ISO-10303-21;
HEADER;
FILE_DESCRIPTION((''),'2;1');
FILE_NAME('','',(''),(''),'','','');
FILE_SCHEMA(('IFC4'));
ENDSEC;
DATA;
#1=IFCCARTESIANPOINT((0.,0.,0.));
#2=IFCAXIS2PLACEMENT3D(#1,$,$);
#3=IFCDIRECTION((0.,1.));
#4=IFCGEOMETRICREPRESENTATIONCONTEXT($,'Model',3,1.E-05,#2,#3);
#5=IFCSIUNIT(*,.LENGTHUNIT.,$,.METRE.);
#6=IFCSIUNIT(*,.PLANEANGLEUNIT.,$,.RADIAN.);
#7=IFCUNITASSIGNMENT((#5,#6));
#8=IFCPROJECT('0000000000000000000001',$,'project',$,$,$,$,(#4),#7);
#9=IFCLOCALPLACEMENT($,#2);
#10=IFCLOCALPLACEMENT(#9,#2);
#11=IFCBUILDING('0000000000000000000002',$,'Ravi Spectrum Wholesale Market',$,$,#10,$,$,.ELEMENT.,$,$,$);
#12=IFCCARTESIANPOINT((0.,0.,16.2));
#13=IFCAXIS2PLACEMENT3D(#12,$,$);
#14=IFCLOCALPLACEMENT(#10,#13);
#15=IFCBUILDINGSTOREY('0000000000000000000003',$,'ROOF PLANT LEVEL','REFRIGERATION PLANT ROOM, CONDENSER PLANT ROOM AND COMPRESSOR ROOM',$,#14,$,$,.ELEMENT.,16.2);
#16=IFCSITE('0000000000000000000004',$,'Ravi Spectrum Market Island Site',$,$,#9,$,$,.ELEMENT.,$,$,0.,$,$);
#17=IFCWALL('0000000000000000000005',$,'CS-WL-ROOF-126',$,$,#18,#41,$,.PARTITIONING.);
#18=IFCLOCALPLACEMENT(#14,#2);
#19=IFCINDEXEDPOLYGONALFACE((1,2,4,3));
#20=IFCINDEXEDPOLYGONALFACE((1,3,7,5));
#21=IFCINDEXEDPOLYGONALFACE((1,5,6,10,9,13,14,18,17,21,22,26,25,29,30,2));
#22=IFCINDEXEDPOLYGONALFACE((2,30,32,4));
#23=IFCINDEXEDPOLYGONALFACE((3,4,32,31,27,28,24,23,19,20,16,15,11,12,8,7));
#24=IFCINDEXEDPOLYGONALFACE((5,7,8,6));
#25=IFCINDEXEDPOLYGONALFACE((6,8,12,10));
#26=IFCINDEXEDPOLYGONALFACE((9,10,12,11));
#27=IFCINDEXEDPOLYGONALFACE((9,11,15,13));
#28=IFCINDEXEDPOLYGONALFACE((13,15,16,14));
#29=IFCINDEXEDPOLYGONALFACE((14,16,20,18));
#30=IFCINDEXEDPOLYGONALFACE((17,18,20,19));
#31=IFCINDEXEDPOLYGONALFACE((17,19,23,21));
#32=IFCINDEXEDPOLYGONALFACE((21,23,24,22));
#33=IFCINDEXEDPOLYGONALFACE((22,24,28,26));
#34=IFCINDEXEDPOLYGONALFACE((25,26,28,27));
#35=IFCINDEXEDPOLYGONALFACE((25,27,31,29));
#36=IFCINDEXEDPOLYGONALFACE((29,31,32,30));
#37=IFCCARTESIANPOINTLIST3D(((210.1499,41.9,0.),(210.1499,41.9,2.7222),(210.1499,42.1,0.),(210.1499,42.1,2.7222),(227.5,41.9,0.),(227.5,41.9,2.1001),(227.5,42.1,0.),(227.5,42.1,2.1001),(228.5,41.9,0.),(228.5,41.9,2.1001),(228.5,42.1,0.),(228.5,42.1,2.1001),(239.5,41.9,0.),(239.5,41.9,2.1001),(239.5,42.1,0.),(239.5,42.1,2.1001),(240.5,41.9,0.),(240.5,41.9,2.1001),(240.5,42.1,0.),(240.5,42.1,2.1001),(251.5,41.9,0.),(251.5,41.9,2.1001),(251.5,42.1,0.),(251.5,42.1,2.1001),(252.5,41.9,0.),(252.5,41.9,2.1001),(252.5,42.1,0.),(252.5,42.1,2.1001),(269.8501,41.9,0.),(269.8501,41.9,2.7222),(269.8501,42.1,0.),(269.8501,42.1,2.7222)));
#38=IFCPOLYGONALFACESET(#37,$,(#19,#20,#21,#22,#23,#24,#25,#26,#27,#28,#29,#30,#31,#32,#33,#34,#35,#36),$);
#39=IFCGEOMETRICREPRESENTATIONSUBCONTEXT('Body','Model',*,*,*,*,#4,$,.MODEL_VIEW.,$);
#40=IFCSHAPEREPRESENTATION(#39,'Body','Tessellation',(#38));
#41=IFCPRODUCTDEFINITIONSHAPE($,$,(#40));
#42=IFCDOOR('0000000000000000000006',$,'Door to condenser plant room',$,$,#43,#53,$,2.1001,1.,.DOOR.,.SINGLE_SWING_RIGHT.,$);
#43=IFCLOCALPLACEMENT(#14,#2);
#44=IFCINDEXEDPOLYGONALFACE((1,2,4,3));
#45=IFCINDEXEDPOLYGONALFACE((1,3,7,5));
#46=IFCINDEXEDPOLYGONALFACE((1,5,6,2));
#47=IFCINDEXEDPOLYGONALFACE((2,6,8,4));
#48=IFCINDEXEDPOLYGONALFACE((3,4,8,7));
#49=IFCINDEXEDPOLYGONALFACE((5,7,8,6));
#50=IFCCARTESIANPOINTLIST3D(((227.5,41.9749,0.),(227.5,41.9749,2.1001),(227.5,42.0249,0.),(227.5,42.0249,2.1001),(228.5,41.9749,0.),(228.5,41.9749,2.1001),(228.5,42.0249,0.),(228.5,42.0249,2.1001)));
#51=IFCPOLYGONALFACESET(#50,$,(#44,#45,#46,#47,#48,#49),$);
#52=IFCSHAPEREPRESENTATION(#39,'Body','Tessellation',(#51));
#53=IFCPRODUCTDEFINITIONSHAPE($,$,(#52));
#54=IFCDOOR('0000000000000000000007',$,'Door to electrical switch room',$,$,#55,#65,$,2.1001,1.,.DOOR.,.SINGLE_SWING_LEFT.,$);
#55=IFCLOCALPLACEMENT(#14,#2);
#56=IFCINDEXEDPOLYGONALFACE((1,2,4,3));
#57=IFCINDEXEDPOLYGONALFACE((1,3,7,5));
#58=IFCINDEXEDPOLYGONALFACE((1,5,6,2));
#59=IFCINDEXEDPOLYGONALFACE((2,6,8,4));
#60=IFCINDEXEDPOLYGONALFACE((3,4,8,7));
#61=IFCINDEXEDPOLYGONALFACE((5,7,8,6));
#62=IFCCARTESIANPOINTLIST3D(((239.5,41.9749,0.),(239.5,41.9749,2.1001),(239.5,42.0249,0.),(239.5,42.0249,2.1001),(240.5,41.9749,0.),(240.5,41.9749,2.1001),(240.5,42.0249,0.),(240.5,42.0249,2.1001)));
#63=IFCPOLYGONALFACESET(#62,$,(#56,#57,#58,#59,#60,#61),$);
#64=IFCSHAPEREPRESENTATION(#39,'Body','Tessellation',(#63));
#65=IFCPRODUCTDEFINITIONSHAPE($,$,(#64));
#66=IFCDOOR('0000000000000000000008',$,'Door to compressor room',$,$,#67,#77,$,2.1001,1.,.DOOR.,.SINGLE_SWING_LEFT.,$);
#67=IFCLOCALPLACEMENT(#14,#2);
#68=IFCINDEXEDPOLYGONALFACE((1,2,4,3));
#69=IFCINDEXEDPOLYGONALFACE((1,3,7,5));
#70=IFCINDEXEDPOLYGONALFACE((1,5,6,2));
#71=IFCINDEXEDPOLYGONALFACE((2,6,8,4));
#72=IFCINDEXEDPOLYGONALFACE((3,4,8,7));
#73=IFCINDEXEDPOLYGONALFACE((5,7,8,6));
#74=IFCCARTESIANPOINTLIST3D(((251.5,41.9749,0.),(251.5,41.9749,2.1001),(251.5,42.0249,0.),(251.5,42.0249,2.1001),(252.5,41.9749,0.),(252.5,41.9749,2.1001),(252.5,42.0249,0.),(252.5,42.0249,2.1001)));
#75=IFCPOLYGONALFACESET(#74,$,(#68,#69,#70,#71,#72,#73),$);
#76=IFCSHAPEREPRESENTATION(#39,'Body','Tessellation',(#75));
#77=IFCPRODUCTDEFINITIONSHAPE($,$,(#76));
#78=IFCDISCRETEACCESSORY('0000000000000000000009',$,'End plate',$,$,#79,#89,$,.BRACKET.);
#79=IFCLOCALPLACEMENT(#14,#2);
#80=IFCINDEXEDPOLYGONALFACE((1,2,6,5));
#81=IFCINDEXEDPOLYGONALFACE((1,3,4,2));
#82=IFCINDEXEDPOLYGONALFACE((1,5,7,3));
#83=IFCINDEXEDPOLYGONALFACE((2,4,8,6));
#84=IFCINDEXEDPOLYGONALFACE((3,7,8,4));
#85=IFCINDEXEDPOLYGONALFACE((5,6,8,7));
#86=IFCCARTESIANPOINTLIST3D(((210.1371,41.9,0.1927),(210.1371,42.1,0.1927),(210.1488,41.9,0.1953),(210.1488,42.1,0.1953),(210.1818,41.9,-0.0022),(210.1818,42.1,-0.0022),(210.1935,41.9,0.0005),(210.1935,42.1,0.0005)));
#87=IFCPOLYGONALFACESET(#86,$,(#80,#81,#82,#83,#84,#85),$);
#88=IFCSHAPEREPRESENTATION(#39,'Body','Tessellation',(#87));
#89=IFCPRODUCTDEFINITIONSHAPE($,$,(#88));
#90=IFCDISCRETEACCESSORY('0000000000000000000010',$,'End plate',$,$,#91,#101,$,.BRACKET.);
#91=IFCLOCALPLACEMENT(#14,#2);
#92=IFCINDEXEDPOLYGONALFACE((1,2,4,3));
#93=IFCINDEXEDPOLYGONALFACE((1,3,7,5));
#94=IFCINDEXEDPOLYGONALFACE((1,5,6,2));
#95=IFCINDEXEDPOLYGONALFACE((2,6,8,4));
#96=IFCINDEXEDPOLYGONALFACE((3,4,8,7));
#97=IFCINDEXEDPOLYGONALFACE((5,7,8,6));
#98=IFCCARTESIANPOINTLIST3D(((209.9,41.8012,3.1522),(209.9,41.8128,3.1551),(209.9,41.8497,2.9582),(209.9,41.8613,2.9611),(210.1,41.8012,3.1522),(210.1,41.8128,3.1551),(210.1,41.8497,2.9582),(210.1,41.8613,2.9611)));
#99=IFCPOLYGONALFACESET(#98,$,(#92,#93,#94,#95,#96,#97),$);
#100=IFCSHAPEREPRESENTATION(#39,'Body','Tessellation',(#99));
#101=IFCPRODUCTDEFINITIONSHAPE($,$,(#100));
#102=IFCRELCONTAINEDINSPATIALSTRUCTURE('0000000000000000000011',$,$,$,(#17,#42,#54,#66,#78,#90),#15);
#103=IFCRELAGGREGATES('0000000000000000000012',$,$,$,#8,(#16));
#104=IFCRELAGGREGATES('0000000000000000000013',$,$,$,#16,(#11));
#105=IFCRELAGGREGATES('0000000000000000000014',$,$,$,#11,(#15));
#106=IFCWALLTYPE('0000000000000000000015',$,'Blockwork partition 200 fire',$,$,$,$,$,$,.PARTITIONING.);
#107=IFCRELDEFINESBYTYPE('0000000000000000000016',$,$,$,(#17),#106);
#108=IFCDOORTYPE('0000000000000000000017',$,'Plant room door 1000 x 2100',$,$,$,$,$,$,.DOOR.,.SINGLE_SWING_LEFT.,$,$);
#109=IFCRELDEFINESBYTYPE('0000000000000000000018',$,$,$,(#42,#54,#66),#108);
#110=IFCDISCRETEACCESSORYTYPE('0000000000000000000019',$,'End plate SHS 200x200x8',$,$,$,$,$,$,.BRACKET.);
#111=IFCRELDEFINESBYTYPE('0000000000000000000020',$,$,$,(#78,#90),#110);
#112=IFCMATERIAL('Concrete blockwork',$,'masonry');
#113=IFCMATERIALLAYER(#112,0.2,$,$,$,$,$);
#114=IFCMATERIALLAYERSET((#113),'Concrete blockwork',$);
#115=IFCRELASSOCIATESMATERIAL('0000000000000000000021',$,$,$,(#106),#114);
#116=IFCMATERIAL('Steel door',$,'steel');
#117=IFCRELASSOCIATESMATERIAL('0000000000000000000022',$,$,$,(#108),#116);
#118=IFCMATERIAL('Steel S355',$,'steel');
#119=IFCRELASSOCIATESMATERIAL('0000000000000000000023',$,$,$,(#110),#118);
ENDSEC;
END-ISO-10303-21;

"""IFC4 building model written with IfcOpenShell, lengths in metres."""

from ifc_helpers import new_model, si_unit, direction, frame, frame_2d, origin, origin_2d, place, context, subcontext, project, spatial, rectangle, extrude, material, layer, layer_set, material_profile, profile_set, type_object, element, fill, save


model = new_model("IFC4")

# Units and contexts
model_context = context("Model", 3, precision=1e-05, world=origin(), true_north=direction((0.0, 1.0)))
body_context = subcontext(model_context, "Body", "Model", "MODEL_VIEW")
ifc_project = project(units=[si_unit("LENGTHUNIT", "METRE"), si_unit("PLANEANGLEUNIT", "RADIAN")], contexts=[model_context])

# Site, building, storey
site_placement = place(None, origin())
site = spatial("IfcSite", under=ifc_project, at=site_placement, Name="Ravi Spectrum Market Island Site", CompositionType="ELEMENT", RefElevation=0.0)
building_placement = place(site_placement, origin())
building = spatial("IfcBuilding", under=site, at=building_placement, Name="Ravi Spectrum Wholesale Market", CompositionType="ELEMENT")
storey_placement = place(building_placement, frame((0.0, 0.0, 16.2)))
storey = spatial("IfcBuildingStorey", under=building, at=storey_placement, Name="ROOF PLANT LEVEL", Description="REFRIGERATION PLANT ROOM, CONDENSER PLANT ROOM AND COMPRESSOR ROOM", CompositionType="ELEMENT", Elevation=16.2)

# Wall, openings, doors
ifc_material_1 = material(Name="Concrete blockwork", Category="masonry")
ifc_layer_1 = layer(ifc_material_1, 0.2)
ifc_layer_set_1 = layer_set([ifc_layer_1], Name="Concrete blockwork")
wall_type = type_object("IfcWallType", Name="Blockwork partition 200 fire", PredefinedType="PARTITIONING", material=ifc_layer_set_1)
wall_placement = place(storey_placement, frame((210.1499, 42.0, 0.0), z_axis=(0.0, 0.0, 1.0), x_axis=(1.0, 0.0, 0.0)))
wall = element("IfcWall", 1, at=wall_placement, inside=storey, type_object=wall_type, Name="CS-WL-ROOF-126", PredefinedType="PARTITIONING", context=body_context, shape_type="SweptSolid", body=[
    extrude(rectangle(XDim=59.7002, YDim=0.2, at=frame_2d((29.8501, 0.0))), origin(), (0.0, 0.0, 1.0), 2.7222),
])
opening_1_placement = place(wall_placement, frame((17.3501, 0.0, 0.0)))
opening_1 = element("IfcOpeningElement", 2, at=opening_1_placement, cuts=wall, PredefinedType="OPENING", context=body_context, shape_type="SweptSolid", body=[
    extrude(rectangle(XDim=1.0, YDim=2.1001, at=frame_2d((0.5, 1.05))), frame((0.0, 0.1099, 0.0), z_axis=(0.0, -1.0, 0.0), x_axis=(1.0, 0.0, 0.0)), (0.0, 0.0, 1.0), 0.22),
])
opening_2_placement = place(wall_placement, frame((29.3501, 0.0, 0.0)))
opening_2 = element("IfcOpeningElement", 3, at=opening_2_placement, cuts=wall, PredefinedType="OPENING", context=body_context, shape_type="SweptSolid", body=[
    extrude(rectangle(XDim=1.0, YDim=2.1001, at=frame_2d((0.5, 1.05))), frame((0.0, 0.1099, 0.0), z_axis=(0.0, -1.0, 0.0), x_axis=(1.0, 0.0, 0.0)), (0.0, 0.0, 1.0), 0.22),
])
opening_3_placement = place(wall_placement, frame((41.3501, 0.0, 0.0)))
opening_3 = element("IfcOpeningElement", 4, at=opening_3_placement, cuts=wall, PredefinedType="OPENING", context=body_context, shape_type="SweptSolid", body=[
    extrude(rectangle(XDim=1.0, YDim=2.1001, at=frame_2d((0.5, 1.05))), frame((0.0, 0.1099, 0.0), z_axis=(0.0, -1.0, 0.0), x_axis=(1.0, 0.0, 0.0)), (0.0, 0.0, 1.0), 0.22),
])
ifc_material_2 = material(Name="Steel door", Category="steel")
door_type = type_object("IfcDoorType", Name="Plant room door 1000 x 2100", OperationType="SINGLE_SWING_LEFT", PredefinedType="DOOR", material=ifc_material_2)
door_1_placement = place(opening_1_placement, origin())
door_1 = element("IfcDoor", 5, at=door_1_placement, inside=storey, type_object=door_type, Name="Door to condenser plant room", OperationType="SINGLE_SWING_RIGHT", OverallHeight=2.1001, OverallWidth=1.0, PredefinedType="DOOR", context=body_context, shape_type="SweptSolid", body=[
    extrude(rectangle(XDim=1.0, YDim=2.1001, at=frame_2d((0.5, 1.05))), frame((0.0, 0.0249, 0.0), z_axis=(0.0, -1.0, 0.0), x_axis=(1.0, 0.0, 0.0)), (0.0, 0.0, 1.0), 0.05),
])
fill(opening_1, door_1)
door_2_placement = place(opening_2_placement, origin())
door_2 = element("IfcDoor", 6, at=door_2_placement, inside=storey, type_object=door_type, Name="Door to electrical switch room", OperationType="SINGLE_SWING_LEFT", OverallHeight=2.1001, OverallWidth=1.0, PredefinedType="DOOR", context=body_context, shape_type="SweptSolid", body=[
    extrude(rectangle(XDim=1.0, YDim=2.1001, at=frame_2d((0.5, 1.05))), frame((0.0, 0.0249, 0.0), z_axis=(0.0, -1.0, 0.0), x_axis=(1.0, 0.0, 0.0)), (0.0, 0.0, 1.0), 0.05),
])
fill(opening_2, door_2)
door_3_placement = place(opening_3_placement, origin())
door_3 = element("IfcDoor", 7, at=door_3_placement, inside=storey, type_object=door_type, Name="Door to compressor room", OperationType="SINGLE_SWING_LEFT", OverallHeight=2.1001, OverallWidth=1.0, PredefinedType="DOOR", context=body_context, shape_type="SweptSolid", body=[
    extrude(rectangle(XDim=1.0, YDim=2.1001, at=frame_2d((0.5, 1.05))), frame((0.0, 0.0249, 0.0), z_axis=(0.0, -1.0, 0.0), x_axis=(1.0, 0.0, 0.0)), (0.0, 0.0, 1.0), 0.05),
])
fill(opening_3, door_3)

# Discrete accessories
ifc_material_3 = material(Name="Steel S355", Category="steel")
ifc_material_profile_1 = material_profile(ifc_material_3, rectangle(XDim=0.2, YDim=0.2, at=origin_2d()))
ifc_profile_set_1 = profile_set([ifc_material_profile_1], Name="Steel S355")
discrete_accessory_type = type_object("IfcDiscreteAccessoryType", Name="End plate SHS 200x200x8", PredefinedType="BRACKET", material=ifc_profile_set_1)
for number, where, z_axis, x_axis, name in (
    (8, (210.1711, 42.0, 0.0979), (-0.974732, 0.0, -0.223376), (0.0, -1.0, 0.0), "End plate"),
    (9, (210.0, 41.8254, 3.0552), (0.0, 0.970143, 0.242536), (-1.0, 0.0, 0.0), "End plate"),
):
    element("IfcDiscreteAccessory", number, at=place(storey_placement, frame(where, z_axis=z_axis, x_axis=x_axis)), inside=storey, type_object=discrete_accessory_type, Name=name, PredefinedType="BRACKET", context=body_context, shape_type="SweptSolid", body=[
        extrude(rectangle(XDim=0.2, YDim=0.2, at=origin_2d()), origin(), (0.0, 0.0, 1.0), 0.012),
    ])

save(model, "model.ifc")
